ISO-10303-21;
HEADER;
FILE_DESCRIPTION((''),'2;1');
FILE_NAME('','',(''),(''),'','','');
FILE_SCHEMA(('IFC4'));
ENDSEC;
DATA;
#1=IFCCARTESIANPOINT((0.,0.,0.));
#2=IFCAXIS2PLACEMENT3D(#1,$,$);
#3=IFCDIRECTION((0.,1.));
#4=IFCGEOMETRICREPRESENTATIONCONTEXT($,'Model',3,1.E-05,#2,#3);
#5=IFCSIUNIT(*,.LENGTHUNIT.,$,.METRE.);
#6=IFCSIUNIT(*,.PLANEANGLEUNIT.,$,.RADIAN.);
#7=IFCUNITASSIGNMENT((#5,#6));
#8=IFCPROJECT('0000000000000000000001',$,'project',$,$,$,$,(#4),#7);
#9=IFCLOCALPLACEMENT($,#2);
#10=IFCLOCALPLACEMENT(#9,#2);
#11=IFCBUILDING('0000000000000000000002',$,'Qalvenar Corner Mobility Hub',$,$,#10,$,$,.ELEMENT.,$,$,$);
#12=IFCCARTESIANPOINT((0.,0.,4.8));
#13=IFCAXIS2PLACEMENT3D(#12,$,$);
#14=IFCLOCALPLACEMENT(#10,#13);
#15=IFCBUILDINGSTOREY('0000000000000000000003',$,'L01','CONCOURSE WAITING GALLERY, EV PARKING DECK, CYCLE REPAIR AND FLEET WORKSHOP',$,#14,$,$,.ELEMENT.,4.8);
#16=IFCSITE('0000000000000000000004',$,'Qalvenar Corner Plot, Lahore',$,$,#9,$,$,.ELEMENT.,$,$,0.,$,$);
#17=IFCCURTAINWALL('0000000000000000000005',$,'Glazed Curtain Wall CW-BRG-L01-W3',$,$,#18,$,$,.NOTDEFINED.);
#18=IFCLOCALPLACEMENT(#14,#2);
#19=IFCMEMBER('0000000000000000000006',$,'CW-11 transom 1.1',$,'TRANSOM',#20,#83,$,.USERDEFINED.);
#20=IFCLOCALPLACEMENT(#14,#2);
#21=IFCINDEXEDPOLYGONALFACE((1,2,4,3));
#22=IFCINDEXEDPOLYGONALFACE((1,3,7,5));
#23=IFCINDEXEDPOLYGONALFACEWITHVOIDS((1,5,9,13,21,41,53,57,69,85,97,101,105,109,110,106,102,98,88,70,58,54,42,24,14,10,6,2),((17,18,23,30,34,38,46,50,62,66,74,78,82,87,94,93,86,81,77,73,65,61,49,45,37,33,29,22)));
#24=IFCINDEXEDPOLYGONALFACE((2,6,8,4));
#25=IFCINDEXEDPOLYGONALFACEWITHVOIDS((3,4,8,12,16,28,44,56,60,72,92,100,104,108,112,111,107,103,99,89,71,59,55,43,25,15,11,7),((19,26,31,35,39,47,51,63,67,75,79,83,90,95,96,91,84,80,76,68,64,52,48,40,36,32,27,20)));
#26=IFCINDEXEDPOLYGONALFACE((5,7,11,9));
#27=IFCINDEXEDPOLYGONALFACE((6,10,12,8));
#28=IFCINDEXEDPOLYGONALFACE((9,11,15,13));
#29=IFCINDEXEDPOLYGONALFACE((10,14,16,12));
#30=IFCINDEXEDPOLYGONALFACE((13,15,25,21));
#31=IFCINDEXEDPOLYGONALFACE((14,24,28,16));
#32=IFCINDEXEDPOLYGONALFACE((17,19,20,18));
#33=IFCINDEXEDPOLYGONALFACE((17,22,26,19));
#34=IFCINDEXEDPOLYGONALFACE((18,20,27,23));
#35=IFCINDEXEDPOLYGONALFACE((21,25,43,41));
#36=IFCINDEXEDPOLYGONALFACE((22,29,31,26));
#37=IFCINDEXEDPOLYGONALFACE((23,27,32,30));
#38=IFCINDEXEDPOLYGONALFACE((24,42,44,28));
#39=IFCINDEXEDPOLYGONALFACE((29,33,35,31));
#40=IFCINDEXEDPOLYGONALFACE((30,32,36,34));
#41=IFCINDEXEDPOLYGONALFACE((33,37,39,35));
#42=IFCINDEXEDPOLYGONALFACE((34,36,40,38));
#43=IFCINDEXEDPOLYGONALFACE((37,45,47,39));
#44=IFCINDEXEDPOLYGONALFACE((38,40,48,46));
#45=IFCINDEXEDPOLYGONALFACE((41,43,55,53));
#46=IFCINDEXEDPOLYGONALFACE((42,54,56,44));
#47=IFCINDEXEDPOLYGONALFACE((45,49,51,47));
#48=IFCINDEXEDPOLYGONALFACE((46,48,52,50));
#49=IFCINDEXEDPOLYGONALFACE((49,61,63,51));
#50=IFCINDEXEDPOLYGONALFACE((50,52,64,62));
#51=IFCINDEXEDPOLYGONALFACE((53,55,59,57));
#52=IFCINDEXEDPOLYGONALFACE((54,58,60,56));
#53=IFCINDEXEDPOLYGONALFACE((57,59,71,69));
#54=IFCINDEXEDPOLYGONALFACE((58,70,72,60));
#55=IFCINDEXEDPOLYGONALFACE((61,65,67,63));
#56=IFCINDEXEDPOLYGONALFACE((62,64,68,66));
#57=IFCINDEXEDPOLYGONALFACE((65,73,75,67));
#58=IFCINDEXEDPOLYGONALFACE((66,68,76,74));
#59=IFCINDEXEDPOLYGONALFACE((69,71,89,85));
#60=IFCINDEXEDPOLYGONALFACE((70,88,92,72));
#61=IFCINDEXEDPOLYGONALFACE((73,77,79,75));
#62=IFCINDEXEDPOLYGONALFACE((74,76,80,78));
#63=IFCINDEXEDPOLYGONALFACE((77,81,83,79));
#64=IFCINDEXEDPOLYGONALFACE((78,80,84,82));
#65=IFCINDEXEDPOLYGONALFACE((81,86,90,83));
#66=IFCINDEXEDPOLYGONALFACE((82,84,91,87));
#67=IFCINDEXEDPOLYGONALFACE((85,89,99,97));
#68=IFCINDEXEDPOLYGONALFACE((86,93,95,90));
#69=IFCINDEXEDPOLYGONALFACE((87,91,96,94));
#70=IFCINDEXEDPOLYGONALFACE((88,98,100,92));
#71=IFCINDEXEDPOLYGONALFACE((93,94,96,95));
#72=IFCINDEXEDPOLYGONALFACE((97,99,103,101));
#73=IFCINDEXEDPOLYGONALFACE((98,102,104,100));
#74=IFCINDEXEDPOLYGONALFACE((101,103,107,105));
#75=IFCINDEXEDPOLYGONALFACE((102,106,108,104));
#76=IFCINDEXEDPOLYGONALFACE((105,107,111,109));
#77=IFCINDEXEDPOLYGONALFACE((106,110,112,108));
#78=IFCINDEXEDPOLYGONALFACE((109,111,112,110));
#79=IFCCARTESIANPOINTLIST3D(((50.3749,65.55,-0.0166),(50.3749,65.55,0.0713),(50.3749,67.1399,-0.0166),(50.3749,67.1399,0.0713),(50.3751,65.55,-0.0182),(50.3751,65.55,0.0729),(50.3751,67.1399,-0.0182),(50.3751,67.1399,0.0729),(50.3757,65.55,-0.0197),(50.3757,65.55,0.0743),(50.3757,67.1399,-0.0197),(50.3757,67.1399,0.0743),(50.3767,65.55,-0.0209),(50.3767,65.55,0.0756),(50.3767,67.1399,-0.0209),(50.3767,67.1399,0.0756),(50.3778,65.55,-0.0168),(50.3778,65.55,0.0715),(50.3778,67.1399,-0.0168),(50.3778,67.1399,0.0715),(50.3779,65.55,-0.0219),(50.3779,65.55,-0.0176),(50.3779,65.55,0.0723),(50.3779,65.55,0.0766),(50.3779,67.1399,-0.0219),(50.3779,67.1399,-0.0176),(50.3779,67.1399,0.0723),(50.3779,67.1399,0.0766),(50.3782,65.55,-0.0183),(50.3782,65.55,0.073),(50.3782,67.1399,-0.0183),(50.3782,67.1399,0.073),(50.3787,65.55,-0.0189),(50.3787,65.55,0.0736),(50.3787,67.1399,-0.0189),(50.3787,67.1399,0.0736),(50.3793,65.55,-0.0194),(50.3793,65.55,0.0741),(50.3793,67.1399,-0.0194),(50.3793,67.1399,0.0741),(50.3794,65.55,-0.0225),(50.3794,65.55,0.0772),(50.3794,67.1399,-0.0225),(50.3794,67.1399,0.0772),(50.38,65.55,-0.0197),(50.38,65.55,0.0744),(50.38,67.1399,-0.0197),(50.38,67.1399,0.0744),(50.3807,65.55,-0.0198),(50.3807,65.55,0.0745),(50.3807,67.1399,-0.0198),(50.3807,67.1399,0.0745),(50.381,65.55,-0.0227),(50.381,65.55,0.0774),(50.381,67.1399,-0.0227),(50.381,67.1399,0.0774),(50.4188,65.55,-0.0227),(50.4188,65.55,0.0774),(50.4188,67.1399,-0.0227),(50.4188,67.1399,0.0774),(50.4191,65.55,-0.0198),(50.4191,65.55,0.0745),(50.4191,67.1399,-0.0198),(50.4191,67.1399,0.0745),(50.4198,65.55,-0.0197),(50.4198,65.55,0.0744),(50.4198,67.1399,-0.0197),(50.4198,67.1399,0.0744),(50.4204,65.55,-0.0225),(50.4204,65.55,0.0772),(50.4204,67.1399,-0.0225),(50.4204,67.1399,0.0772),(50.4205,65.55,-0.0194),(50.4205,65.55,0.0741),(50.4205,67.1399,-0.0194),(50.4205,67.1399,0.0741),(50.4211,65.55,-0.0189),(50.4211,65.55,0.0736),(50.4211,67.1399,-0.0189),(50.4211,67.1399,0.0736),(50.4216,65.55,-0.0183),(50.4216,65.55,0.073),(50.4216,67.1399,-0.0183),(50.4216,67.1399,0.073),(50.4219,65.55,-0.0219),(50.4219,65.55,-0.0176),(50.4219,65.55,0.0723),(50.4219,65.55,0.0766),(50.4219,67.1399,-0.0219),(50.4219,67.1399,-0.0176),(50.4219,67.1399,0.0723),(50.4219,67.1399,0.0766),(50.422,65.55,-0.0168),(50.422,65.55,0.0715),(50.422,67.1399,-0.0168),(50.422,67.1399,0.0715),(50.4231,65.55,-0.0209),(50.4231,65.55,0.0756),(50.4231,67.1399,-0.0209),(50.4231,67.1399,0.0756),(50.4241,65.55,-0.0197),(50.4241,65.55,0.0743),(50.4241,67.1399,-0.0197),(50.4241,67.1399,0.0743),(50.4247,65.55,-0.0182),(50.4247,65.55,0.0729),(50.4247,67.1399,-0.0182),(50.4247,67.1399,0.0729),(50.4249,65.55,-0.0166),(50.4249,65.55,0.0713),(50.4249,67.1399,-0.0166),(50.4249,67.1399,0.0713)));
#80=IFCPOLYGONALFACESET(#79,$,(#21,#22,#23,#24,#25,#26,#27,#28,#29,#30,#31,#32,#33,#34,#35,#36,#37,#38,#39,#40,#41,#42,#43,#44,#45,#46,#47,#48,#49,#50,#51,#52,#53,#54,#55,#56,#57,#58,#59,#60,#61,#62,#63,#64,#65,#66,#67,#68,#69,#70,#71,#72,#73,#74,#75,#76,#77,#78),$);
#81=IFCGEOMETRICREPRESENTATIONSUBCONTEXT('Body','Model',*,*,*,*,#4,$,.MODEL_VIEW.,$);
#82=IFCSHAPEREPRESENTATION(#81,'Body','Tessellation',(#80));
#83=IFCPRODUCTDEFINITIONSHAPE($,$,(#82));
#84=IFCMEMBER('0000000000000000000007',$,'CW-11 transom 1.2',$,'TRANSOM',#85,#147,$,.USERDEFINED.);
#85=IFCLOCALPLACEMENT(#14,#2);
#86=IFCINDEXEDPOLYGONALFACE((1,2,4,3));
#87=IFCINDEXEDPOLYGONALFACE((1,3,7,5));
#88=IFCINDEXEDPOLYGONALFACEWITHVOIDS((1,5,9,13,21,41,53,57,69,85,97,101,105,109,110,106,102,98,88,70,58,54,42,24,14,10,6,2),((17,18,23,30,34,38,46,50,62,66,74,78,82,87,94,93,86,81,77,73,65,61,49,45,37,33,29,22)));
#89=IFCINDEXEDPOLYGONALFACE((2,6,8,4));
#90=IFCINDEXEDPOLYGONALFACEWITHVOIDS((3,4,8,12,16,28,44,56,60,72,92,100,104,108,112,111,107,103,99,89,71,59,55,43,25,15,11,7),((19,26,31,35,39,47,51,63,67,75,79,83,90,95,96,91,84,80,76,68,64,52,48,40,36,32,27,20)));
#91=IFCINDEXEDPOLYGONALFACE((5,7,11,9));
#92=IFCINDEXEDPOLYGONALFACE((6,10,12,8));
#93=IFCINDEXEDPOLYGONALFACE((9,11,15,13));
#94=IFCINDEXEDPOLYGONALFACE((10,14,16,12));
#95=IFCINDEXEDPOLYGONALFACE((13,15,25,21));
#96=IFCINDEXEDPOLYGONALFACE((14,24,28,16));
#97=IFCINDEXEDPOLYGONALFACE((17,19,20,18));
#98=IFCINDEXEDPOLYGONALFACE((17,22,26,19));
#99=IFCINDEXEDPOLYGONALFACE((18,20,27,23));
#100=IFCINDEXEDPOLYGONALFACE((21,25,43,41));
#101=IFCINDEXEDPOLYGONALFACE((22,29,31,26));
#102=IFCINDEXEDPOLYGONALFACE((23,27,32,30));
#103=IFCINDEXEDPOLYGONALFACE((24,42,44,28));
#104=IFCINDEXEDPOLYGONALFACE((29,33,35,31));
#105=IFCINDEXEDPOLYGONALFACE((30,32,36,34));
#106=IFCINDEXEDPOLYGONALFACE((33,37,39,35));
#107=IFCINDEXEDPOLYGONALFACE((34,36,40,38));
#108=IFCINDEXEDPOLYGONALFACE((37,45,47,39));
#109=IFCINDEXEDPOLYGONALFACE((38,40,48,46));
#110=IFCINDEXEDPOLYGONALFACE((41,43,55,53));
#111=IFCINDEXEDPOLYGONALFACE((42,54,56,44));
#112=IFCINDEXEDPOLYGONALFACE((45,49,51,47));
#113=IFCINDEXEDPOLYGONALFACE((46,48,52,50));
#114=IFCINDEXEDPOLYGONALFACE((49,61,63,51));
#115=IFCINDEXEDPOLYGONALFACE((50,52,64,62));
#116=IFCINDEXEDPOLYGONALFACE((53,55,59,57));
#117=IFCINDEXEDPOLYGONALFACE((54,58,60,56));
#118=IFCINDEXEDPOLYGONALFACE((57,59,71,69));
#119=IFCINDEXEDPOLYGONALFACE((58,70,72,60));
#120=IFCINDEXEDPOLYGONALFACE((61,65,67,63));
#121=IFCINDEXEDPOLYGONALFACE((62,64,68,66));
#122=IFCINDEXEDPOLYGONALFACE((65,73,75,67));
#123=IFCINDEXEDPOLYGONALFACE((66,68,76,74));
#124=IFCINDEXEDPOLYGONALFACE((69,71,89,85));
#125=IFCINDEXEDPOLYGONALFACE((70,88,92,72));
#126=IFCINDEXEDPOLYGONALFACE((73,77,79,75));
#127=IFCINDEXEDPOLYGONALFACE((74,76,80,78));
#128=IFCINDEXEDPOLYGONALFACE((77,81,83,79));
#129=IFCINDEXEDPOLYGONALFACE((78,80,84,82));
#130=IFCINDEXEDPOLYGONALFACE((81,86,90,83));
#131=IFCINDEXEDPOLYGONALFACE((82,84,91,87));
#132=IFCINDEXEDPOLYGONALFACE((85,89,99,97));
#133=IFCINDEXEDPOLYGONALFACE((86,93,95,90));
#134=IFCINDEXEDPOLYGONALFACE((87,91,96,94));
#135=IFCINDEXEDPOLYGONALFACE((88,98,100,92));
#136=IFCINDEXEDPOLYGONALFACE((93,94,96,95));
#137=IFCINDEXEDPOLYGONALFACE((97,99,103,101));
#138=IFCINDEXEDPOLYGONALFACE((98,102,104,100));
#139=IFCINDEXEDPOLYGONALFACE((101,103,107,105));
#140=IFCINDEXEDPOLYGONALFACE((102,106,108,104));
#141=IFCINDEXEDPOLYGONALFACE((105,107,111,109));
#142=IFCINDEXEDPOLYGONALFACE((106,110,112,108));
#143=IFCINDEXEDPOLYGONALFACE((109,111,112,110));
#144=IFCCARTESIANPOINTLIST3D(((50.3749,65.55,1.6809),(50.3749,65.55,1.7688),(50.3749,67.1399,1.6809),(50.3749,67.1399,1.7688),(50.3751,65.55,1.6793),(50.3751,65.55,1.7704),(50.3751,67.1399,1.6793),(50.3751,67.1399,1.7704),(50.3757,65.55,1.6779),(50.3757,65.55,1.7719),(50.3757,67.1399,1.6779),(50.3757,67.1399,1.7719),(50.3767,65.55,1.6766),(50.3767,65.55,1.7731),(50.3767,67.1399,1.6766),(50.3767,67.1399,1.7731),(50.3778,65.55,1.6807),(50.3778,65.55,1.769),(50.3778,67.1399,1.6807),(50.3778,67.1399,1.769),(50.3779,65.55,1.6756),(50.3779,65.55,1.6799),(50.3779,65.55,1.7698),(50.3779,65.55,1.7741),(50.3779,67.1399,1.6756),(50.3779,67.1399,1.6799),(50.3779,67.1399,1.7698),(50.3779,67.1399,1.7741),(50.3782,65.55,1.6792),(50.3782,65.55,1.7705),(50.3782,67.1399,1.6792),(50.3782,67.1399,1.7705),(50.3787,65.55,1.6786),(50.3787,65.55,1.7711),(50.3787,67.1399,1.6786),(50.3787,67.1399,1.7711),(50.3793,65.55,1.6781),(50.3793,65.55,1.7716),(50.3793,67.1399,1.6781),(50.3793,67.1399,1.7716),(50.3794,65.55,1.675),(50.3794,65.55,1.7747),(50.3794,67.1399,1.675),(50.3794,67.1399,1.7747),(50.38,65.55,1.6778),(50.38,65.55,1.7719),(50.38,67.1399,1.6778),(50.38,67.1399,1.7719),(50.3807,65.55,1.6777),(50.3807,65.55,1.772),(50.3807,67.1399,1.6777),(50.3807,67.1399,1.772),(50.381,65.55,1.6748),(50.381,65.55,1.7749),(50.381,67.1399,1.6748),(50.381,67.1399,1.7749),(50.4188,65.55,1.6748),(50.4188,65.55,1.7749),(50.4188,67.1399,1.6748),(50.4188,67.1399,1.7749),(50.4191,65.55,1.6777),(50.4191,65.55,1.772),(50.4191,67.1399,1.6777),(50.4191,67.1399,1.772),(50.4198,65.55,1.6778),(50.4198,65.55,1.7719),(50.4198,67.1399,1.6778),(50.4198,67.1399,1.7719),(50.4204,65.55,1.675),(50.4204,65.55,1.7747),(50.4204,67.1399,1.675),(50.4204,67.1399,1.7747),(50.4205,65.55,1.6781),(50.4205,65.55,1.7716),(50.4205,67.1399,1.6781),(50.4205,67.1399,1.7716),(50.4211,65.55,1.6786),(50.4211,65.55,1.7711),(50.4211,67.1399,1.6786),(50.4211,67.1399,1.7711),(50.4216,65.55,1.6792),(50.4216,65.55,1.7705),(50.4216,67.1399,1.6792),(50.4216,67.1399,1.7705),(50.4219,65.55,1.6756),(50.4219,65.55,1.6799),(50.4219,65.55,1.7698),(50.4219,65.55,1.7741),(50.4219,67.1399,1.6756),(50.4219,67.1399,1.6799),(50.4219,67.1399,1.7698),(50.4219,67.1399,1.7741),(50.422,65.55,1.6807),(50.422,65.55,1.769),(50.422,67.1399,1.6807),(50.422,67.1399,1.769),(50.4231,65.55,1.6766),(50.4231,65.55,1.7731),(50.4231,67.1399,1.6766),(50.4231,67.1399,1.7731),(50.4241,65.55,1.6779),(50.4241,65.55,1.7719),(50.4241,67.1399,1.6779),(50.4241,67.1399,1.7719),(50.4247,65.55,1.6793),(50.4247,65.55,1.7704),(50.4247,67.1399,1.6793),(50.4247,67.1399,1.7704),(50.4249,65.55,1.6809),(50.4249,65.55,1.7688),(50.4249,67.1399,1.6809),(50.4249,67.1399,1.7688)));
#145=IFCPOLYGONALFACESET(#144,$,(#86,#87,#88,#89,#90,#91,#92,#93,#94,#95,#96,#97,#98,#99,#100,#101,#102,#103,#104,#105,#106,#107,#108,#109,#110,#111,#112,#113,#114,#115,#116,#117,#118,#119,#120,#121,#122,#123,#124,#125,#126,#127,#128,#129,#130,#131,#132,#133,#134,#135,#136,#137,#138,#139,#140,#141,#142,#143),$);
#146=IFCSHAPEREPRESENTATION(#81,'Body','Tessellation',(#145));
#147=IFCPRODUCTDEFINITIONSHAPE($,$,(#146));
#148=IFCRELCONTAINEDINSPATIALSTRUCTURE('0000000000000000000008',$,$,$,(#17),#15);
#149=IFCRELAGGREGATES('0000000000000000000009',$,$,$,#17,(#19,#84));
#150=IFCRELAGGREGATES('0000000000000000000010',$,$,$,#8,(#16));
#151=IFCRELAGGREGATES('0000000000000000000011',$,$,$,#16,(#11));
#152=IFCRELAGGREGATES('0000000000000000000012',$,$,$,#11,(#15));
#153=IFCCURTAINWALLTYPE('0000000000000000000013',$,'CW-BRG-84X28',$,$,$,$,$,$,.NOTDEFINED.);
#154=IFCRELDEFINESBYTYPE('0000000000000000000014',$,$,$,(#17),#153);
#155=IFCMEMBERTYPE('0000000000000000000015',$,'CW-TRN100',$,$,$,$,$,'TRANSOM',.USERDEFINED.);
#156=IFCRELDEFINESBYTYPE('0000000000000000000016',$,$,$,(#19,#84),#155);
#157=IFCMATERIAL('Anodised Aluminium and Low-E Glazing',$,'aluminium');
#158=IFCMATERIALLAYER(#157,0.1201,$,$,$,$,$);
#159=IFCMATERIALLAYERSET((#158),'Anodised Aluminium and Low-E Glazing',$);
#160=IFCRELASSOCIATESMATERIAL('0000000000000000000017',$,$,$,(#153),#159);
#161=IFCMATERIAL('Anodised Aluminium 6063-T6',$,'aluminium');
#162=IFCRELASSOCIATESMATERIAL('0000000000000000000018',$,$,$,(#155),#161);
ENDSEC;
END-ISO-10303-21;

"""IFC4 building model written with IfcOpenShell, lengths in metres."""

from ifc_helpers import new_model, si_unit, direction, frame, origin, origin_2d, place, context, subcontext, project, spatial, hollow_rectangle, extrude, material, layer, layer_set, material_profile, profile_set, type_object, element, aggregate, save


model = new_model("IFC4")

# Units and contexts
model_context = context("Model", 3, precision=1e-05, world=origin(), true_north=direction((0.0, 1.0)))
body_context = subcontext(model_context, "Body", "Model", "MODEL_VIEW")
ifc_project = project(units=[si_unit("LENGTHUNIT", "METRE"), si_unit("PLANEANGLEUNIT", "RADIAN")], contexts=[model_context])

# Site, building, storey
site_placement = place(None, origin())
site = spatial("IfcSite", under=ifc_project, at=site_placement, Name="Qalvenar Corner Plot, Lahore", CompositionType="ELEMENT", RefElevation=0.0)
building_placement = place(site_placement, origin())
building = spatial("IfcBuilding", under=site, at=building_placement, Name="Qalvenar Corner Mobility Hub", CompositionType="ELEMENT")
storey_placement = place(building_placement, frame((0.0, 0.0, 4.8)))
storey = spatial("IfcBuildingStorey", under=building, at=storey_placement, Name="L01", Description="CONCOURSE WAITING GALLERY, EV PARKING DECK, CYCLE REPAIR AND FLEET WORKSHOP", CompositionType="ELEMENT", Elevation=4.8)

# Curtain wall
ifc_material_1 = material(Name="Anodised Aluminium and Low-E Glazing", Category="aluminium")
ifc_layer_1 = layer(ifc_material_1, 0.1201)
ifc_layer_set_1 = layer_set([ifc_layer_1], Name="Anodised Aluminium and Low-E Glazing")
curtain_wall_type = type_object("IfcCurtainWallType", Name="CW-BRG-84X28", PredefinedType="NOTDEFINED", material=ifc_layer_set_1)
curtain_wall_1_placement = place(storey_placement, origin())
curtain_wall_1 = element("IfcCurtainWall", 1, at=curtain_wall_1_placement, inside=storey, type_object=curtain_wall_type, Name="Glazed Curtain Wall CW-BRG-L01-W3", PredefinedType="NOTDEFINED")
ifc_material_2 = material(Name="Anodised Aluminium 6063-T6", Category="aluminium")

# Members
ifc_material_profile_1 = material_profile(ifc_material_2, hollow_rectangle(XDim=0.05, YDim=0.1001, WallThickness=0.0029, InnerFilletRadius=0.0029, OuterFilletRadius=0.0061, at=origin_2d()), Name="RHS100x50x3")
ifc_profile_set_1 = profile_set([ifc_material_profile_1], Name="Anodised Aluminium 6063-T6")
member_type_1 = type_object("IfcMemberType", Name="CW-TRN100", ElementType="TRANSOM", PredefinedType="USERDEFINED", material=ifc_profile_set_1)
member_1_placement = place(storey_placement, frame((50.3999, 67.1399, 0.0273), z_axis=(0.0, -1.0, 0.0), x_axis=(1.0, 0.0, 0.0)))
member_1 = element("IfcMember", 2, at=member_1_placement, type_object=member_type_1, Name="CW-11 transom 1.1", ObjectType="TRANSOM", PredefinedType="USERDEFINED", context=body_context, shape_type="SweptSolid", body=[
    extrude(hollow_rectangle(XDim=0.05, YDim=0.1001, WallThickness=0.0029, InnerFilletRadius=0.0029, OuterFilletRadius=0.0061, at=origin_2d()), origin(), (0.0, 0.0, 1.0), 1.5898),
])
member_2_placement = place(storey_placement, frame((50.3999, 67.1399, 1.7249), z_axis=(0.0, -1.0, 0.0), x_axis=(1.0, 0.0, 0.0)))
member_2 = element("IfcMember", 3, at=member_2_placement, type_object=member_type_1, Name="CW-11 transom 1.2", ObjectType="TRANSOM", PredefinedType="USERDEFINED", context=body_context, shape_type="SweptSolid", body=[
    extrude(hollow_rectangle(XDim=0.05, YDim=0.1001, WallThickness=0.0029, InnerFilletRadius=0.0029, OuterFilletRadius=0.0061, at=origin_2d()), origin(), (0.0, 0.0, 1.0), 1.5898),
])

aggregate(curtain_wall_1, [member_1, member_2])

save(model, "model.ifc")
